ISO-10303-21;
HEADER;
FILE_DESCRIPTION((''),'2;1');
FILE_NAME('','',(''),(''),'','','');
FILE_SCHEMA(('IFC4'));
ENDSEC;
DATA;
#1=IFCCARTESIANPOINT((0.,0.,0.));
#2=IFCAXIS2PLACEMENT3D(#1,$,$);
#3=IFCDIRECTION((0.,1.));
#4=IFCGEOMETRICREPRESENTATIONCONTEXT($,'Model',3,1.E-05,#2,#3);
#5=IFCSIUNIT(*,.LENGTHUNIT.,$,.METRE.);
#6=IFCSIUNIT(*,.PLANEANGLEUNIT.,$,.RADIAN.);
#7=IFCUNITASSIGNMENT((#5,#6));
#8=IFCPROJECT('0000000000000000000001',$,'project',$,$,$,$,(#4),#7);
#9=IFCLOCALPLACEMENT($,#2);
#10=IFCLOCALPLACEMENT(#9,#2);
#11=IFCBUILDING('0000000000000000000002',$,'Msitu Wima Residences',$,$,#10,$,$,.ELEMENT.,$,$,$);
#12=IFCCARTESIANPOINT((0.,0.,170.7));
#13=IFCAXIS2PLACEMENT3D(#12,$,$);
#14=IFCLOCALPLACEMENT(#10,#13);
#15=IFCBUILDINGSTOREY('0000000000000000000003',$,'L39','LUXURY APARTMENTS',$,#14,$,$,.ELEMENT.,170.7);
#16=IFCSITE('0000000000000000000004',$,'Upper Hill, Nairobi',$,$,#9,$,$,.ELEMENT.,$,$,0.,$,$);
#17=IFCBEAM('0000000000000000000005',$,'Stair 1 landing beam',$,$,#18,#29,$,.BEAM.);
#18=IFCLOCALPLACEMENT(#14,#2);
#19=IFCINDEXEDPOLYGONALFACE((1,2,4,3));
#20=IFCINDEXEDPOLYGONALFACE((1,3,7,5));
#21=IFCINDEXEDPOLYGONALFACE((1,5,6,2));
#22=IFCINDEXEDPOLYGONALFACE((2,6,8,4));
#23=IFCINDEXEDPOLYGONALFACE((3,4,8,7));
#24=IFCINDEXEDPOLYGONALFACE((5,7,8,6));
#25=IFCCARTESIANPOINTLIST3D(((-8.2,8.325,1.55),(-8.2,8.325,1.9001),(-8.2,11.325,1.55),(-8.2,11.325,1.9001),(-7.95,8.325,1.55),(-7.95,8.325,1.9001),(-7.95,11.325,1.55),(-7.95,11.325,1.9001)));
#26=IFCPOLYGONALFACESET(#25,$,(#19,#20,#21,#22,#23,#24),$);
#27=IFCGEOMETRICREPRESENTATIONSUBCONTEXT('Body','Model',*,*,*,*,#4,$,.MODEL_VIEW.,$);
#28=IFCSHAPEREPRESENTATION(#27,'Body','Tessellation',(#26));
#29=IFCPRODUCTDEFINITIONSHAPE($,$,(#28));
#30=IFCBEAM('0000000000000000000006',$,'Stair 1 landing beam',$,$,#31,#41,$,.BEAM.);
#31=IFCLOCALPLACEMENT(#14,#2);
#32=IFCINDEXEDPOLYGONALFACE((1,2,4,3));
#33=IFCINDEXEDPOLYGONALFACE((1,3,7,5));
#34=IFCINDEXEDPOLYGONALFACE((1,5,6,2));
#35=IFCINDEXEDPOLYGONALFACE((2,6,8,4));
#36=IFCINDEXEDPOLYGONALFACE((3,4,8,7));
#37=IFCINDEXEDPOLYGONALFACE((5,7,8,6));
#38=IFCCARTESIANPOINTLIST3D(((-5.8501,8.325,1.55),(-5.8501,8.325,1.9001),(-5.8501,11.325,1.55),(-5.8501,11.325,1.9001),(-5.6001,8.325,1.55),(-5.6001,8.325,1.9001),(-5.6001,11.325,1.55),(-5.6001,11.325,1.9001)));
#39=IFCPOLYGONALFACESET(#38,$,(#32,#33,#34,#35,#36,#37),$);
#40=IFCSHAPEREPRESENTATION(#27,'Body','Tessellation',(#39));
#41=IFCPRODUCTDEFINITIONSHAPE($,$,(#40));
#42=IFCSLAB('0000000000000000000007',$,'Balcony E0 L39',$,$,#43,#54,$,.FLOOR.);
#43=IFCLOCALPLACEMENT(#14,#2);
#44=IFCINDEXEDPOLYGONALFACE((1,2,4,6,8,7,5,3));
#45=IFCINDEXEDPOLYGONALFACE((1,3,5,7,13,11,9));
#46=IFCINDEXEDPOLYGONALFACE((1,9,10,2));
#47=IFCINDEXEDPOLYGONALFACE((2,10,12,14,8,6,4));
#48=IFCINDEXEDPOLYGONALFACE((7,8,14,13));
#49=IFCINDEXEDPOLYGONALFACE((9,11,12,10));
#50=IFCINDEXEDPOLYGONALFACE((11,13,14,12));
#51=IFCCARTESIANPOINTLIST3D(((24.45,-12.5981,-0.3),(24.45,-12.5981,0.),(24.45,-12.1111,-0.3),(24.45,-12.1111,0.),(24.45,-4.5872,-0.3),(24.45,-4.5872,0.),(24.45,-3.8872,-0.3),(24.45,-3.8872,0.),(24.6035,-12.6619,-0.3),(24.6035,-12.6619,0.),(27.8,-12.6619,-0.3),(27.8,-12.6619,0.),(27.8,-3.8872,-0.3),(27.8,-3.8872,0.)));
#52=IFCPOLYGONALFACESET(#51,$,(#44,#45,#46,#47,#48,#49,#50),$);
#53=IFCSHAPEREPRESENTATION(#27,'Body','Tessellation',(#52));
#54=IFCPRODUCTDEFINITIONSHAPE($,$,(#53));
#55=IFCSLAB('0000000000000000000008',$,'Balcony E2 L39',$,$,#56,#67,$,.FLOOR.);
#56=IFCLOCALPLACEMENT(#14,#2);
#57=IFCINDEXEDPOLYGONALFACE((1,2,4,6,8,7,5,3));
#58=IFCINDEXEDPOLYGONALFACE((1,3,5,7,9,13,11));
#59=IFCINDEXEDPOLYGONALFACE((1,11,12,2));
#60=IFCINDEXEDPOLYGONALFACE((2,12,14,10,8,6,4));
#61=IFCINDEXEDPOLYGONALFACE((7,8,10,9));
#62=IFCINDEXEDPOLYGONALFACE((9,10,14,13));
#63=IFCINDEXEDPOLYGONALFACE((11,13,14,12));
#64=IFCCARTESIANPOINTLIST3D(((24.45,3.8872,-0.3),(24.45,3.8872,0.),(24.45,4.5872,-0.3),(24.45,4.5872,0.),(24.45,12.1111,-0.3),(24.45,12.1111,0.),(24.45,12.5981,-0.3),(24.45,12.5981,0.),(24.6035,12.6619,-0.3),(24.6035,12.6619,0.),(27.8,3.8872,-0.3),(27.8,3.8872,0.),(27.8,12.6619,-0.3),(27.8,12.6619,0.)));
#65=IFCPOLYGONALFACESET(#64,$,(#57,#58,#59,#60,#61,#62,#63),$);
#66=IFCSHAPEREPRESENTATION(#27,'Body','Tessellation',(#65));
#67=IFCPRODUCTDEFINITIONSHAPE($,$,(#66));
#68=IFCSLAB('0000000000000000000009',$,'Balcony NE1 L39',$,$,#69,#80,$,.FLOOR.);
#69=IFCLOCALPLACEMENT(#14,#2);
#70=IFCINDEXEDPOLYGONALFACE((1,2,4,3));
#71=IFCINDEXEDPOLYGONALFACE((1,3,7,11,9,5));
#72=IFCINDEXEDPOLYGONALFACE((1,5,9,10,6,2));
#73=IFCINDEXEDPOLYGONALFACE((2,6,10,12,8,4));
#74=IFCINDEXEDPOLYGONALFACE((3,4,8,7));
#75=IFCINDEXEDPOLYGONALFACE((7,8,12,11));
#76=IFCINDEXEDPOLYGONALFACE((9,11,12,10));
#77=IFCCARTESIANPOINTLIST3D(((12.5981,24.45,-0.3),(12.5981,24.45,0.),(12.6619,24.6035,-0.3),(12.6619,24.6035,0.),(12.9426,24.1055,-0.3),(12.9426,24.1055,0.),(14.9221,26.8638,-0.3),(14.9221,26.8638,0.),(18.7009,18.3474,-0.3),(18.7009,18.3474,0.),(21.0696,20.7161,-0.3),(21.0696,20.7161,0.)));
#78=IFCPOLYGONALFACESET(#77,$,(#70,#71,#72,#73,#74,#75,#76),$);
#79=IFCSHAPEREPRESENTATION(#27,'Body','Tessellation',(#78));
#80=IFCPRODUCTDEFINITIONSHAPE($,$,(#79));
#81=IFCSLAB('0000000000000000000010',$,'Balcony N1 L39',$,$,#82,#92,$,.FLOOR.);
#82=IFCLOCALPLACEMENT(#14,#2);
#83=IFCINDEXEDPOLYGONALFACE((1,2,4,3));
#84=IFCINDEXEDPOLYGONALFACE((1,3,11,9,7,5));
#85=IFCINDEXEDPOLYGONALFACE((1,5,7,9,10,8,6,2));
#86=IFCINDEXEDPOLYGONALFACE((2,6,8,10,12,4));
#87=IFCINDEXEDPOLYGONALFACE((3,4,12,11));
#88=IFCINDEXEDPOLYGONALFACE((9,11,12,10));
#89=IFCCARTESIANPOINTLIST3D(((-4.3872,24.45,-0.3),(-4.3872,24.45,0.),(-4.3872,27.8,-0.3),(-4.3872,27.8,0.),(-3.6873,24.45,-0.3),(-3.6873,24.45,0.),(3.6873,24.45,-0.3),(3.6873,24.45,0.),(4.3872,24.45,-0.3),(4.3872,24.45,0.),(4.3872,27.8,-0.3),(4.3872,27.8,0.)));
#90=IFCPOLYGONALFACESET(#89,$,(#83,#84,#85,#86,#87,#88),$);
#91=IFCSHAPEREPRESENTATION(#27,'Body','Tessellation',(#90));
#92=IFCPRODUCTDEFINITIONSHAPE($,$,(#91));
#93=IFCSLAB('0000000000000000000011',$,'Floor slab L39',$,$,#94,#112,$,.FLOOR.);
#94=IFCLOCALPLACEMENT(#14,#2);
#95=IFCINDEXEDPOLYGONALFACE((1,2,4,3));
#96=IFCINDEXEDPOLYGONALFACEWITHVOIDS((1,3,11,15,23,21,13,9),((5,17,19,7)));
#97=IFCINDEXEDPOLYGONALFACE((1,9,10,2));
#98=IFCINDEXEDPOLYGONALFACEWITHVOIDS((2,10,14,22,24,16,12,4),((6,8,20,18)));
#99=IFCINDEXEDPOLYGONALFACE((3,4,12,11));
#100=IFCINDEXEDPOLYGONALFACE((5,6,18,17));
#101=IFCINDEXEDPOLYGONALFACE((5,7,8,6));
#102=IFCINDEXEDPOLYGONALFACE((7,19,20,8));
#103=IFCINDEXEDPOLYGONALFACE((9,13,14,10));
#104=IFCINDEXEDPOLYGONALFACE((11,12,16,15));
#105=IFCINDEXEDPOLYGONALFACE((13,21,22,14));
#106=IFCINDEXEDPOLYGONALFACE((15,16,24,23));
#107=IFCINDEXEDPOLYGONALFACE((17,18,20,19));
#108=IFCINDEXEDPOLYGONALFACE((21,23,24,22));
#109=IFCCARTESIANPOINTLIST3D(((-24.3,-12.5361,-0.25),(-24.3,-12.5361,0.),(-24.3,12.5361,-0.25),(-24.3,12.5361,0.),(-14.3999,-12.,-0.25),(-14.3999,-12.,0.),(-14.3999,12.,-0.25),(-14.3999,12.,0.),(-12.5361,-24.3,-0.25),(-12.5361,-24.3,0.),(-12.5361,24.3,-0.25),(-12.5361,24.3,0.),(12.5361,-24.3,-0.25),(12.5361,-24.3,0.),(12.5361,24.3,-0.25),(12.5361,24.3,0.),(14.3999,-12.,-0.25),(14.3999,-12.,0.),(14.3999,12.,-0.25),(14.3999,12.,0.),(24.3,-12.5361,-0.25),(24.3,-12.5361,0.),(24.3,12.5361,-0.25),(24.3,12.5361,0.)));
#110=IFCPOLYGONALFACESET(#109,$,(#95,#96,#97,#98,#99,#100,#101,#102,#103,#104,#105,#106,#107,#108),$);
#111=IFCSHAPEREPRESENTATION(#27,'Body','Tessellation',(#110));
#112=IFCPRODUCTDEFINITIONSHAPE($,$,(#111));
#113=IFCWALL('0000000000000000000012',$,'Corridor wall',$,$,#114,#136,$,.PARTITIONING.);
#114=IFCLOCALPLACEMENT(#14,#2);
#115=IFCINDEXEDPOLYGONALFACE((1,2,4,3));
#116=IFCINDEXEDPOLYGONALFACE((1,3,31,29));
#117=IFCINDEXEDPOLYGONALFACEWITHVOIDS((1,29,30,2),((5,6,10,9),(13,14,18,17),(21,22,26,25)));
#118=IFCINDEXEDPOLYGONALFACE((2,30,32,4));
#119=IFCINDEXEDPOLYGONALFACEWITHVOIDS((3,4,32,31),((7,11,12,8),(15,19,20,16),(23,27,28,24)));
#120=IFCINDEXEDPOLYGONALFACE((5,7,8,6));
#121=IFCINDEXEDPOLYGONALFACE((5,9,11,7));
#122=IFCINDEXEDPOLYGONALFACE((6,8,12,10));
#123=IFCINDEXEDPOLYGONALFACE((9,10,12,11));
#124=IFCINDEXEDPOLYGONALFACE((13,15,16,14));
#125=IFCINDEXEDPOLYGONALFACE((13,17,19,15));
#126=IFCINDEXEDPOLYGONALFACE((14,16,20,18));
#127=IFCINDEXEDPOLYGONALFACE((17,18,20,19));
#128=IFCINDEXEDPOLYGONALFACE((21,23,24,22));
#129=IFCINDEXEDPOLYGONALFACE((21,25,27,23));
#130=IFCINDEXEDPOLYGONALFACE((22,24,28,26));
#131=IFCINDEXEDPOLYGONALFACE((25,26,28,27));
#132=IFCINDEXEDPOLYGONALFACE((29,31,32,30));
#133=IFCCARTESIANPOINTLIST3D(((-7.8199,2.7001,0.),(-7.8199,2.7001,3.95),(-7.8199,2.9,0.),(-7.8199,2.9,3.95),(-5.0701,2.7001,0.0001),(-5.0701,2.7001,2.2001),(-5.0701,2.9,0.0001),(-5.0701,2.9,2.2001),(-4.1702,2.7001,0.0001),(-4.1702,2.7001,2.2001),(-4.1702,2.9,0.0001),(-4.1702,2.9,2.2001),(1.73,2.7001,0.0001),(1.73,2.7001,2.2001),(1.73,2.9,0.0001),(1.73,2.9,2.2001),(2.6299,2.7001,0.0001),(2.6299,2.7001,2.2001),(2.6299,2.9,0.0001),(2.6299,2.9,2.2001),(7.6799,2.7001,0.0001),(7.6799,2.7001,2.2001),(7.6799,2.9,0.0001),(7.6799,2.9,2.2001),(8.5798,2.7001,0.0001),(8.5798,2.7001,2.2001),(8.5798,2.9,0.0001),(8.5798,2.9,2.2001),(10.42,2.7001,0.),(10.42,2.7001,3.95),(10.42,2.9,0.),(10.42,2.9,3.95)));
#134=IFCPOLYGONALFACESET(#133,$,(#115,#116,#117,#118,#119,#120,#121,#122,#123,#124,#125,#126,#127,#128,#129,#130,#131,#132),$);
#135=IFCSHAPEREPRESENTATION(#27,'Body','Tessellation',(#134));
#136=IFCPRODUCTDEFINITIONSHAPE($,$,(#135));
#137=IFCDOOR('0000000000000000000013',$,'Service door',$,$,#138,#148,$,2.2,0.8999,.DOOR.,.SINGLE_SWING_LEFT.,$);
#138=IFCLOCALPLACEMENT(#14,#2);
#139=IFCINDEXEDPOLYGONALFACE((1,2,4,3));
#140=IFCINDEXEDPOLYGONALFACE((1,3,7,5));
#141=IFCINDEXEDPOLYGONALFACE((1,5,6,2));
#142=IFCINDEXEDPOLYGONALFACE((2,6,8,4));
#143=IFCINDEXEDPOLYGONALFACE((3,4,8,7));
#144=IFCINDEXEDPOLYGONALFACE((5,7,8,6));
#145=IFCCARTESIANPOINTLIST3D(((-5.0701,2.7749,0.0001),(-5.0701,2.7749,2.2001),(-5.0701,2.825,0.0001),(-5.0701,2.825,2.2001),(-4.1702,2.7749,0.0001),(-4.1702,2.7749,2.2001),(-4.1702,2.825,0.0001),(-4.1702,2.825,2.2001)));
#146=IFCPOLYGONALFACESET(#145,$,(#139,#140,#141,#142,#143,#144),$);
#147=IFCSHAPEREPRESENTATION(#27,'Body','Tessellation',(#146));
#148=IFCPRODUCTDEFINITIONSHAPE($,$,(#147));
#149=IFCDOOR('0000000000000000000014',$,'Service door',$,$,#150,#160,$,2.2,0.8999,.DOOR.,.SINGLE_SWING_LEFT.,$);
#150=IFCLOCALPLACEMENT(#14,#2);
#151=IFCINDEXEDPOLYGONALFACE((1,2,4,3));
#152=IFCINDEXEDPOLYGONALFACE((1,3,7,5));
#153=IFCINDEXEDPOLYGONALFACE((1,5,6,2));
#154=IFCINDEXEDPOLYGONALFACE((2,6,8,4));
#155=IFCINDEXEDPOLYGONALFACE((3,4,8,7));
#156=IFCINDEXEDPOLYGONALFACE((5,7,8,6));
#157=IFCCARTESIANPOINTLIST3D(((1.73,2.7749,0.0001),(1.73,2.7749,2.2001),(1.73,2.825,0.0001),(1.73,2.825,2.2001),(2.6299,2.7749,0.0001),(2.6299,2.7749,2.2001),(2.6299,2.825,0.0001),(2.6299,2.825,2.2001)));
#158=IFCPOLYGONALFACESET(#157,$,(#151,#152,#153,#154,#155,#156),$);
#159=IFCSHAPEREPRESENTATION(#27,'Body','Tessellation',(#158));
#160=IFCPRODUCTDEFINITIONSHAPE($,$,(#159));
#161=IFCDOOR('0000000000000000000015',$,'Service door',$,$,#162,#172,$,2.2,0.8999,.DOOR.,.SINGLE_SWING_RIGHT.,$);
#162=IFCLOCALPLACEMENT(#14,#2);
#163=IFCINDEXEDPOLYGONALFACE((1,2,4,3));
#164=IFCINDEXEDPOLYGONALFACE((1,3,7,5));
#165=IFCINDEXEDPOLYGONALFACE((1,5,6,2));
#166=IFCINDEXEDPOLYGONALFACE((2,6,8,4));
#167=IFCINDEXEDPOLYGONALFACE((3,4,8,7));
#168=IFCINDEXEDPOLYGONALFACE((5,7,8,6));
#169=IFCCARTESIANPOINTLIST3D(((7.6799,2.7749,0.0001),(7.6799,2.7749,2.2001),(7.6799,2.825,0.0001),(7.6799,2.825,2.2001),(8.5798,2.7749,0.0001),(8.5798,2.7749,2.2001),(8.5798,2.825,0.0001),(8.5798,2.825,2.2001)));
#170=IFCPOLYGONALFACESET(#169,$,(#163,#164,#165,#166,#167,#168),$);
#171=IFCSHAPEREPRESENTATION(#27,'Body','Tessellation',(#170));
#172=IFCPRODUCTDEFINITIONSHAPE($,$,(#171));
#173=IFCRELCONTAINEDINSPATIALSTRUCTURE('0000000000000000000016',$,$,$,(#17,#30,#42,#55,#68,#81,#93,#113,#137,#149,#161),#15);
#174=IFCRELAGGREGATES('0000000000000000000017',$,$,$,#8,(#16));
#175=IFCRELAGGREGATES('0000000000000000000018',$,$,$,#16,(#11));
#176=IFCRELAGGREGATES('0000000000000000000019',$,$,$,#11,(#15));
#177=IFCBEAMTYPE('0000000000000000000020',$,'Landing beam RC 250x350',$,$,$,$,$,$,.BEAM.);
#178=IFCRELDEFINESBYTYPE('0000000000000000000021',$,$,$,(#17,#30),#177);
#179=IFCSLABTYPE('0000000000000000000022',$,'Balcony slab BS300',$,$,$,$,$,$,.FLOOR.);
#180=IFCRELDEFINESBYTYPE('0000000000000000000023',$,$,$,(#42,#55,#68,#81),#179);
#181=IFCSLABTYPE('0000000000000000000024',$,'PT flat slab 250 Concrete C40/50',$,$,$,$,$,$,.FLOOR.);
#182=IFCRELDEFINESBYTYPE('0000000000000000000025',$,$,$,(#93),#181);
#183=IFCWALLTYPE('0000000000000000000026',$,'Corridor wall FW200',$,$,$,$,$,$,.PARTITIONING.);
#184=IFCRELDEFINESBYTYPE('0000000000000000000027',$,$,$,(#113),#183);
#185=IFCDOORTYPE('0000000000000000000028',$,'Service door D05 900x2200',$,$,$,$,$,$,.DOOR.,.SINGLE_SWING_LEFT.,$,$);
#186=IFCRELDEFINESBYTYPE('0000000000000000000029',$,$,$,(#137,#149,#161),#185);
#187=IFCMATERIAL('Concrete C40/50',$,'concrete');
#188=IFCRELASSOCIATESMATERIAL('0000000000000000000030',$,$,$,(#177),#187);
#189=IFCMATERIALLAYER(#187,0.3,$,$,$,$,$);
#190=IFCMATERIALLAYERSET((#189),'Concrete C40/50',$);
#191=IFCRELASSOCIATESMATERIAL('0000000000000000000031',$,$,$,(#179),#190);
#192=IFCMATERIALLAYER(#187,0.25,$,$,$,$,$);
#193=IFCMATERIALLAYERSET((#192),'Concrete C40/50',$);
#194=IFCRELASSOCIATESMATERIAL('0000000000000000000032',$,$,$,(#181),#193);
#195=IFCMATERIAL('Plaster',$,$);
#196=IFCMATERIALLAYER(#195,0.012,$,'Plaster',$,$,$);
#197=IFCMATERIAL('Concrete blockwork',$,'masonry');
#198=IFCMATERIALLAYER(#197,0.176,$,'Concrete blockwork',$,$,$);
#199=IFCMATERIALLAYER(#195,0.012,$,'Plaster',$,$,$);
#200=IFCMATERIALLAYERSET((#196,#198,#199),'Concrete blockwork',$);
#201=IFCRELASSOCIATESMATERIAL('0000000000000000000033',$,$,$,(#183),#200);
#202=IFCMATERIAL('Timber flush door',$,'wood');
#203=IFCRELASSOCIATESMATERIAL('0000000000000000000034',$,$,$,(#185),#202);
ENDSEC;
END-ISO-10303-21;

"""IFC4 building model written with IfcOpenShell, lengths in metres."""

from ifc_helpers import new_model, si_unit, direction, frame, frame_2d, origin, origin_2d, place, context, subcontext, project, spatial, polyline, rectangle, outline, extrude, material, layer, layer_set, material_profile, profile_set, type_object, element, fill, save


model = new_model("IFC4")

# Units and contexts
model_context = context("Model", 3, precision=1e-05, world=origin(), true_north=direction((0.0, 1.0)))
body_context = subcontext(model_context, "Body", "Model", "MODEL_VIEW")
ifc_project = project(units=[si_unit("LENGTHUNIT", "METRE"), si_unit("PLANEANGLEUNIT", "RADIAN")], contexts=[model_context])

# Site, building, storey
site_placement = place(None, origin())
site = spatial("IfcSite", under=ifc_project, at=site_placement, Name="Upper Hill, Nairobi", CompositionType="ELEMENT", RefElevation=0.0)
building_placement = place(site_placement, origin())
building = spatial("IfcBuilding", under=site, at=building_placement, Name="Msitu Wima Residences", CompositionType="ELEMENT")
storey_placement = place(building_placement, frame((0.0, 0.0, 170.7)))
storey = spatial("IfcBuildingStorey", under=building, at=storey_placement, Name="L39", Description="LUXURY APARTMENTS", CompositionType="ELEMENT", Elevation=170.7)

# Beams
ifc_material_1 = material(Name="Concrete C40/50", Category="concrete")
ifc_material_profile = material_profile(ifc_material_1, rectangle(XDim=0.25, YDim=0.3501, at=origin_2d()), Name="RC 250x350")
ifc_profile_set = profile_set([ifc_material_profile], Name="Concrete C40/50")
beam_type = type_object("IfcBeamType", Name="Landing beam RC 250x350", PredefinedType="BEAM", material=ifc_profile_set)
for number, where, z_axis, x_axis, name in (
    (1, (-8.075, 8.325, 1.7251), (0.0, 1.0, 0.0), (-1.0, 0.0, 0.0), "Stair 1 landing beam"),
    (2, (-5.7251, 8.325, 1.7251), (0.0, 1.0, 0.0), (-1.0, 0.0, 0.0), "Stair 1 landing beam"),
):
    element("IfcBeam", number, at=place(storey_placement, frame(where, z_axis=z_axis, x_axis=x_axis)), inside=storey, type_object=beam_type, Name=name, PredefinedType="BEAM", context=body_context, shape_type="SweptSolid", body=[
        extrude(rectangle(XDim=0.25, YDim=0.3501, at=origin_2d()), origin(), (0.0, 0.0, 1.0), 3.0),
    ])

# Slabs
ifc_layer_1 = layer(ifc_material_1, 0.3)
ifc_layer_set_1 = layer_set([ifc_layer_1], Name="Concrete C40/50")
slab_type_1 = type_object("IfcSlabType", Name="Balcony slab BS300", PredefinedType="FLOOR", material=ifc_layer_set_1)
slab_1_placement = place(storey_placement, frame((0.0, 0.0, -0.3)))
element("IfcSlab", 3, at=slab_1_placement, inside=storey, type_object=slab_type_1, Name="Balcony E0 L39", PredefinedType="FLOOR", context=body_context, shape_type="SweptSolid", body=[
    extrude(outline(polyline([(24.45, -12.1111), (24.45, -12.1111), (24.45, -4.5872), (24.45, -4.5872), (24.45, -3.8872), (27.8, -3.8872), (27.8, -12.6619), (24.6035, -12.6619), (24.45, -12.5981), (24.45, -12.1111), (24.45, -12.1111)])), origin(), (0.0, 0.0, 1.0), 0.3),
])
slab_2_placement = place(storey_placement, frame((0.0, 0.0, -0.3)))
element("IfcSlab", 4, at=slab_2_placement, inside=storey, type_object=slab_type_1, Name="Balcony E2 L39", PredefinedType="FLOOR", context=body_context, shape_type="SweptSolid", body=[
    extrude(outline(polyline([(24.45, 12.1111), (24.45, 12.1111), (24.45, 12.1111), (24.45, 12.5981), (24.6035, 12.6619), (27.8, 12.6619), (27.8, 3.8872), (24.45, 3.8872), (24.45, 4.5872), (24.45, 12.1111)])), origin(), (0.0, 0.0, 1.0), 0.3),
])
slab_3_placement = place(storey_placement, frame((0.0, 0.0, -0.3)))
element("IfcSlab", 5, at=slab_3_placement, inside=storey, type_object=slab_type_1, Name="Balcony NE1 L39", PredefinedType="FLOOR", context=body_context, shape_type="SweptSolid", body=[
    extrude(outline(polyline([(12.9426, 24.1055), (12.9426, 24.1055), (12.5981, 24.45), (12.6619, 24.6035), (14.9221, 26.8638), (21.0696, 20.7161), (18.7009, 18.3474), (12.9426, 24.1055), (12.9426, 24.1055)])), origin(), (0.0, 0.0, 1.0), 0.3),
])
slab_4_placement = place(storey_placement, frame((0.0, 0.0, -0.3)))
element("IfcSlab", 6, at=slab_4_placement, inside=storey, type_object=slab_type_1, Name="Balcony N1 L39", PredefinedType="FLOOR", context=body_context, shape_type="SweptSolid", body=[
    extrude(outline(polyline([(3.6873, 24.45), (-3.6873, 24.45), (-4.3872, 24.45), (-4.3872, 27.8), (4.3872, 27.8), (4.3872, 24.45), (3.6873, 24.45)])), origin(), (0.0, 0.0, 1.0), 0.3),
])
ifc_layer_2 = layer(ifc_material_1, 0.25)
ifc_layer_set_2 = layer_set([ifc_layer_2], Name="Concrete C40/50")
slab_type_2 = type_object("IfcSlabType", Name="PT flat slab 250 Concrete C40/50", PredefinedType="FLOOR", material=ifc_layer_set_2)
slab_5_placement = place(storey_placement, frame((0.0, 0.0, -0.25)))
element("IfcSlab", 7, at=slab_5_placement, inside=storey, type_object=slab_type_2, Name="Floor slab L39", PredefinedType="FLOOR", context=body_context, shape_type="SweptSolid", body=[
    extrude(outline(polyline([(24.3, -12.5361), (12.5361, -24.3), (-12.5361, -24.3), (-24.3, -12.5361), (-24.3, 12.5361), (-12.5361, 24.3), (12.5361, 24.3), (24.3, 12.5361), (24.3, -12.5361)]), holes=[polyline([(-14.3999, -12.0), (14.3999, -12.0), (14.3999, 12.0), (-14.3999, 12.0), (-14.3999, -12.0)])]), origin(), (0.0, 0.0, 1.0), 0.25),
])

# Wall, openings, doors
ifc_material_2 = material(Name="Plaster")
ifc_layer_3 = layer(ifc_material_2, 0.012, Name="Plaster")
ifc_material_3 = material(Name="Concrete blockwork", Category="masonry")
ifc_layer_4 = layer(ifc_material_3, 0.176, Name="Concrete blockwork")
ifc_layer_5 = layer(ifc_material_2, 0.012, Name="Plaster")
ifc_layer_set_3 = layer_set([ifc_layer_3, ifc_layer_4, ifc_layer_5], Name="Concrete blockwork")
wall_type_1 = type_object("IfcWallType", Name="Corridor wall FW200", PredefinedType="PARTITIONING", material=ifc_layer_set_3)
wall_1_placement = place(storey_placement, frame((-7.8201, 2.8, 0.0), z_axis=(0.0, 0.0, 1.0), x_axis=(1.0, 0.0, 0.0)))
wall_1 = element("IfcWall", 8, at=wall_1_placement, inside=storey, type_object=wall_type_1, Name="Corridor wall", PredefinedType="PARTITIONING", context=body_context, shape_type="SweptSolid", body=[
    extrude(rectangle(XDim=18.24, YDim=0.2, at=frame_2d((9.1201, 0.0))), origin(), (0.0, 0.0, 1.0), 3.95),
])
opening_1_placement = place(wall_1_placement, frame((2.75, 0.0, 0.0)))
opening_1 = element("IfcOpeningElement", 9, at=opening_1_placement, cuts=wall_1, PredefinedType="OPENING", context=body_context, shape_type="SweptSolid", body=[
    extrude(rectangle(XDim=0.8999, YDim=2.2, at=frame_2d((0.45, 1.1001))), frame((0.0, 0.1099, 0.0), z_axis=(0.0, -1.0, 0.0), x_axis=(1.0, 0.0, 0.0)), (0.0, 0.0, 1.0), 0.22),
])
opening_2_placement = place(wall_1_placement, frame((9.55, 0.0, 0.0)))
opening_2 = element("IfcOpeningElement", 10, at=opening_2_placement, cuts=wall_1, PredefinedType="OPENING", context=body_context, shape_type="SweptSolid", body=[
    extrude(rectangle(XDim=0.8999, YDim=2.2, at=frame_2d((0.45, 1.1001))), frame((0.0, 0.1099, 0.0), z_axis=(0.0, -1.0, 0.0), x_axis=(1.0, 0.0, 0.0)), (0.0, 0.0, 1.0), 0.22),
])
opening_3_placement = place(wall_1_placement, frame((15.5, 0.0, 0.0)))
opening_3 = element("IfcOpeningElement", 11, at=opening_3_placement, cuts=wall_1, PredefinedType="OPENING", context=body_context, shape_type="SweptSolid", body=[
    extrude(rectangle(XDim=0.8999, YDim=2.2, at=frame_2d((0.45, 1.1001))), frame((0.0, 0.1099, 0.0), z_axis=(0.0, -1.0, 0.0), x_axis=(1.0, 0.0, 0.0)), (0.0, 0.0, 1.0), 0.22),
])
ifc_material_4 = material(Name="Timber flush door", Category="wood")
door_type_1 = type_object("IfcDoorType", Name="Service door D05 900x2200", OperationType="SINGLE_SWING_LEFT", PredefinedType="DOOR", material=ifc_material_4)
door_1_placement = place(opening_1_placement, origin())
door_1 = element("IfcDoor", 12, at=door_1_placement, inside=storey, type_object=door_type_1, Name="Service door", OperationType="SINGLE_SWING_LEFT", OverallHeight=2.2, OverallWidth=0.8999, PredefinedType="DOOR", context=body_context, shape_type="SweptSolid", body=[
    extrude(rectangle(XDim=0.8999, YDim=2.2, at=frame_2d((0.45, 1.1001))), frame((0.0, 0.0249, 0.0), z_axis=(0.0, -1.0, 0.0), x_axis=(1.0, 0.0, 0.0)), (0.0, 0.0, 1.0), 0.05),
])
fill(opening_1, door_1)
door_2_placement = place(opening_2_placement, origin())
door_2 = element("IfcDoor", 13, at=door_2_placement, inside=storey, type_object=door_type_1, Name="Service door", OperationType="SINGLE_SWING_LEFT", OverallHeight=2.2, OverallWidth=0.8999, PredefinedType="DOOR", context=body_context, shape_type="SweptSolid", body=[
    extrude(rectangle(XDim=0.8999, YDim=2.2, at=frame_2d((0.45, 1.1001))), frame((0.0, 0.0249, 0.0), z_axis=(0.0, -1.0, 0.0), x_axis=(1.0, 0.0, 0.0)), (0.0, 0.0, 1.0), 0.05),
])
fill(opening_2, door_2)
door_3_placement = place(opening_3_placement, origin())
door_3 = element("IfcDoor", 14, at=door_3_placement, inside=storey, type_object=door_type_1, Name="Service door", OperationType="SINGLE_SWING_RIGHT", OverallHeight=2.2, OverallWidth=0.8999, PredefinedType="DOOR", context=body_context, shape_type="SweptSolid", body=[
    extrude(rectangle(XDim=0.8999, YDim=2.2, at=frame_2d((0.45, 1.1001))), frame((0.0, 0.0249, 0.0), z_axis=(0.0, -1.0, 0.0), x_axis=(1.0, 0.0, 0.0)), (0.0, 0.0, 1.0), 0.05),
])
fill(opening_3, door_3)

save(model, "model.ifc")
